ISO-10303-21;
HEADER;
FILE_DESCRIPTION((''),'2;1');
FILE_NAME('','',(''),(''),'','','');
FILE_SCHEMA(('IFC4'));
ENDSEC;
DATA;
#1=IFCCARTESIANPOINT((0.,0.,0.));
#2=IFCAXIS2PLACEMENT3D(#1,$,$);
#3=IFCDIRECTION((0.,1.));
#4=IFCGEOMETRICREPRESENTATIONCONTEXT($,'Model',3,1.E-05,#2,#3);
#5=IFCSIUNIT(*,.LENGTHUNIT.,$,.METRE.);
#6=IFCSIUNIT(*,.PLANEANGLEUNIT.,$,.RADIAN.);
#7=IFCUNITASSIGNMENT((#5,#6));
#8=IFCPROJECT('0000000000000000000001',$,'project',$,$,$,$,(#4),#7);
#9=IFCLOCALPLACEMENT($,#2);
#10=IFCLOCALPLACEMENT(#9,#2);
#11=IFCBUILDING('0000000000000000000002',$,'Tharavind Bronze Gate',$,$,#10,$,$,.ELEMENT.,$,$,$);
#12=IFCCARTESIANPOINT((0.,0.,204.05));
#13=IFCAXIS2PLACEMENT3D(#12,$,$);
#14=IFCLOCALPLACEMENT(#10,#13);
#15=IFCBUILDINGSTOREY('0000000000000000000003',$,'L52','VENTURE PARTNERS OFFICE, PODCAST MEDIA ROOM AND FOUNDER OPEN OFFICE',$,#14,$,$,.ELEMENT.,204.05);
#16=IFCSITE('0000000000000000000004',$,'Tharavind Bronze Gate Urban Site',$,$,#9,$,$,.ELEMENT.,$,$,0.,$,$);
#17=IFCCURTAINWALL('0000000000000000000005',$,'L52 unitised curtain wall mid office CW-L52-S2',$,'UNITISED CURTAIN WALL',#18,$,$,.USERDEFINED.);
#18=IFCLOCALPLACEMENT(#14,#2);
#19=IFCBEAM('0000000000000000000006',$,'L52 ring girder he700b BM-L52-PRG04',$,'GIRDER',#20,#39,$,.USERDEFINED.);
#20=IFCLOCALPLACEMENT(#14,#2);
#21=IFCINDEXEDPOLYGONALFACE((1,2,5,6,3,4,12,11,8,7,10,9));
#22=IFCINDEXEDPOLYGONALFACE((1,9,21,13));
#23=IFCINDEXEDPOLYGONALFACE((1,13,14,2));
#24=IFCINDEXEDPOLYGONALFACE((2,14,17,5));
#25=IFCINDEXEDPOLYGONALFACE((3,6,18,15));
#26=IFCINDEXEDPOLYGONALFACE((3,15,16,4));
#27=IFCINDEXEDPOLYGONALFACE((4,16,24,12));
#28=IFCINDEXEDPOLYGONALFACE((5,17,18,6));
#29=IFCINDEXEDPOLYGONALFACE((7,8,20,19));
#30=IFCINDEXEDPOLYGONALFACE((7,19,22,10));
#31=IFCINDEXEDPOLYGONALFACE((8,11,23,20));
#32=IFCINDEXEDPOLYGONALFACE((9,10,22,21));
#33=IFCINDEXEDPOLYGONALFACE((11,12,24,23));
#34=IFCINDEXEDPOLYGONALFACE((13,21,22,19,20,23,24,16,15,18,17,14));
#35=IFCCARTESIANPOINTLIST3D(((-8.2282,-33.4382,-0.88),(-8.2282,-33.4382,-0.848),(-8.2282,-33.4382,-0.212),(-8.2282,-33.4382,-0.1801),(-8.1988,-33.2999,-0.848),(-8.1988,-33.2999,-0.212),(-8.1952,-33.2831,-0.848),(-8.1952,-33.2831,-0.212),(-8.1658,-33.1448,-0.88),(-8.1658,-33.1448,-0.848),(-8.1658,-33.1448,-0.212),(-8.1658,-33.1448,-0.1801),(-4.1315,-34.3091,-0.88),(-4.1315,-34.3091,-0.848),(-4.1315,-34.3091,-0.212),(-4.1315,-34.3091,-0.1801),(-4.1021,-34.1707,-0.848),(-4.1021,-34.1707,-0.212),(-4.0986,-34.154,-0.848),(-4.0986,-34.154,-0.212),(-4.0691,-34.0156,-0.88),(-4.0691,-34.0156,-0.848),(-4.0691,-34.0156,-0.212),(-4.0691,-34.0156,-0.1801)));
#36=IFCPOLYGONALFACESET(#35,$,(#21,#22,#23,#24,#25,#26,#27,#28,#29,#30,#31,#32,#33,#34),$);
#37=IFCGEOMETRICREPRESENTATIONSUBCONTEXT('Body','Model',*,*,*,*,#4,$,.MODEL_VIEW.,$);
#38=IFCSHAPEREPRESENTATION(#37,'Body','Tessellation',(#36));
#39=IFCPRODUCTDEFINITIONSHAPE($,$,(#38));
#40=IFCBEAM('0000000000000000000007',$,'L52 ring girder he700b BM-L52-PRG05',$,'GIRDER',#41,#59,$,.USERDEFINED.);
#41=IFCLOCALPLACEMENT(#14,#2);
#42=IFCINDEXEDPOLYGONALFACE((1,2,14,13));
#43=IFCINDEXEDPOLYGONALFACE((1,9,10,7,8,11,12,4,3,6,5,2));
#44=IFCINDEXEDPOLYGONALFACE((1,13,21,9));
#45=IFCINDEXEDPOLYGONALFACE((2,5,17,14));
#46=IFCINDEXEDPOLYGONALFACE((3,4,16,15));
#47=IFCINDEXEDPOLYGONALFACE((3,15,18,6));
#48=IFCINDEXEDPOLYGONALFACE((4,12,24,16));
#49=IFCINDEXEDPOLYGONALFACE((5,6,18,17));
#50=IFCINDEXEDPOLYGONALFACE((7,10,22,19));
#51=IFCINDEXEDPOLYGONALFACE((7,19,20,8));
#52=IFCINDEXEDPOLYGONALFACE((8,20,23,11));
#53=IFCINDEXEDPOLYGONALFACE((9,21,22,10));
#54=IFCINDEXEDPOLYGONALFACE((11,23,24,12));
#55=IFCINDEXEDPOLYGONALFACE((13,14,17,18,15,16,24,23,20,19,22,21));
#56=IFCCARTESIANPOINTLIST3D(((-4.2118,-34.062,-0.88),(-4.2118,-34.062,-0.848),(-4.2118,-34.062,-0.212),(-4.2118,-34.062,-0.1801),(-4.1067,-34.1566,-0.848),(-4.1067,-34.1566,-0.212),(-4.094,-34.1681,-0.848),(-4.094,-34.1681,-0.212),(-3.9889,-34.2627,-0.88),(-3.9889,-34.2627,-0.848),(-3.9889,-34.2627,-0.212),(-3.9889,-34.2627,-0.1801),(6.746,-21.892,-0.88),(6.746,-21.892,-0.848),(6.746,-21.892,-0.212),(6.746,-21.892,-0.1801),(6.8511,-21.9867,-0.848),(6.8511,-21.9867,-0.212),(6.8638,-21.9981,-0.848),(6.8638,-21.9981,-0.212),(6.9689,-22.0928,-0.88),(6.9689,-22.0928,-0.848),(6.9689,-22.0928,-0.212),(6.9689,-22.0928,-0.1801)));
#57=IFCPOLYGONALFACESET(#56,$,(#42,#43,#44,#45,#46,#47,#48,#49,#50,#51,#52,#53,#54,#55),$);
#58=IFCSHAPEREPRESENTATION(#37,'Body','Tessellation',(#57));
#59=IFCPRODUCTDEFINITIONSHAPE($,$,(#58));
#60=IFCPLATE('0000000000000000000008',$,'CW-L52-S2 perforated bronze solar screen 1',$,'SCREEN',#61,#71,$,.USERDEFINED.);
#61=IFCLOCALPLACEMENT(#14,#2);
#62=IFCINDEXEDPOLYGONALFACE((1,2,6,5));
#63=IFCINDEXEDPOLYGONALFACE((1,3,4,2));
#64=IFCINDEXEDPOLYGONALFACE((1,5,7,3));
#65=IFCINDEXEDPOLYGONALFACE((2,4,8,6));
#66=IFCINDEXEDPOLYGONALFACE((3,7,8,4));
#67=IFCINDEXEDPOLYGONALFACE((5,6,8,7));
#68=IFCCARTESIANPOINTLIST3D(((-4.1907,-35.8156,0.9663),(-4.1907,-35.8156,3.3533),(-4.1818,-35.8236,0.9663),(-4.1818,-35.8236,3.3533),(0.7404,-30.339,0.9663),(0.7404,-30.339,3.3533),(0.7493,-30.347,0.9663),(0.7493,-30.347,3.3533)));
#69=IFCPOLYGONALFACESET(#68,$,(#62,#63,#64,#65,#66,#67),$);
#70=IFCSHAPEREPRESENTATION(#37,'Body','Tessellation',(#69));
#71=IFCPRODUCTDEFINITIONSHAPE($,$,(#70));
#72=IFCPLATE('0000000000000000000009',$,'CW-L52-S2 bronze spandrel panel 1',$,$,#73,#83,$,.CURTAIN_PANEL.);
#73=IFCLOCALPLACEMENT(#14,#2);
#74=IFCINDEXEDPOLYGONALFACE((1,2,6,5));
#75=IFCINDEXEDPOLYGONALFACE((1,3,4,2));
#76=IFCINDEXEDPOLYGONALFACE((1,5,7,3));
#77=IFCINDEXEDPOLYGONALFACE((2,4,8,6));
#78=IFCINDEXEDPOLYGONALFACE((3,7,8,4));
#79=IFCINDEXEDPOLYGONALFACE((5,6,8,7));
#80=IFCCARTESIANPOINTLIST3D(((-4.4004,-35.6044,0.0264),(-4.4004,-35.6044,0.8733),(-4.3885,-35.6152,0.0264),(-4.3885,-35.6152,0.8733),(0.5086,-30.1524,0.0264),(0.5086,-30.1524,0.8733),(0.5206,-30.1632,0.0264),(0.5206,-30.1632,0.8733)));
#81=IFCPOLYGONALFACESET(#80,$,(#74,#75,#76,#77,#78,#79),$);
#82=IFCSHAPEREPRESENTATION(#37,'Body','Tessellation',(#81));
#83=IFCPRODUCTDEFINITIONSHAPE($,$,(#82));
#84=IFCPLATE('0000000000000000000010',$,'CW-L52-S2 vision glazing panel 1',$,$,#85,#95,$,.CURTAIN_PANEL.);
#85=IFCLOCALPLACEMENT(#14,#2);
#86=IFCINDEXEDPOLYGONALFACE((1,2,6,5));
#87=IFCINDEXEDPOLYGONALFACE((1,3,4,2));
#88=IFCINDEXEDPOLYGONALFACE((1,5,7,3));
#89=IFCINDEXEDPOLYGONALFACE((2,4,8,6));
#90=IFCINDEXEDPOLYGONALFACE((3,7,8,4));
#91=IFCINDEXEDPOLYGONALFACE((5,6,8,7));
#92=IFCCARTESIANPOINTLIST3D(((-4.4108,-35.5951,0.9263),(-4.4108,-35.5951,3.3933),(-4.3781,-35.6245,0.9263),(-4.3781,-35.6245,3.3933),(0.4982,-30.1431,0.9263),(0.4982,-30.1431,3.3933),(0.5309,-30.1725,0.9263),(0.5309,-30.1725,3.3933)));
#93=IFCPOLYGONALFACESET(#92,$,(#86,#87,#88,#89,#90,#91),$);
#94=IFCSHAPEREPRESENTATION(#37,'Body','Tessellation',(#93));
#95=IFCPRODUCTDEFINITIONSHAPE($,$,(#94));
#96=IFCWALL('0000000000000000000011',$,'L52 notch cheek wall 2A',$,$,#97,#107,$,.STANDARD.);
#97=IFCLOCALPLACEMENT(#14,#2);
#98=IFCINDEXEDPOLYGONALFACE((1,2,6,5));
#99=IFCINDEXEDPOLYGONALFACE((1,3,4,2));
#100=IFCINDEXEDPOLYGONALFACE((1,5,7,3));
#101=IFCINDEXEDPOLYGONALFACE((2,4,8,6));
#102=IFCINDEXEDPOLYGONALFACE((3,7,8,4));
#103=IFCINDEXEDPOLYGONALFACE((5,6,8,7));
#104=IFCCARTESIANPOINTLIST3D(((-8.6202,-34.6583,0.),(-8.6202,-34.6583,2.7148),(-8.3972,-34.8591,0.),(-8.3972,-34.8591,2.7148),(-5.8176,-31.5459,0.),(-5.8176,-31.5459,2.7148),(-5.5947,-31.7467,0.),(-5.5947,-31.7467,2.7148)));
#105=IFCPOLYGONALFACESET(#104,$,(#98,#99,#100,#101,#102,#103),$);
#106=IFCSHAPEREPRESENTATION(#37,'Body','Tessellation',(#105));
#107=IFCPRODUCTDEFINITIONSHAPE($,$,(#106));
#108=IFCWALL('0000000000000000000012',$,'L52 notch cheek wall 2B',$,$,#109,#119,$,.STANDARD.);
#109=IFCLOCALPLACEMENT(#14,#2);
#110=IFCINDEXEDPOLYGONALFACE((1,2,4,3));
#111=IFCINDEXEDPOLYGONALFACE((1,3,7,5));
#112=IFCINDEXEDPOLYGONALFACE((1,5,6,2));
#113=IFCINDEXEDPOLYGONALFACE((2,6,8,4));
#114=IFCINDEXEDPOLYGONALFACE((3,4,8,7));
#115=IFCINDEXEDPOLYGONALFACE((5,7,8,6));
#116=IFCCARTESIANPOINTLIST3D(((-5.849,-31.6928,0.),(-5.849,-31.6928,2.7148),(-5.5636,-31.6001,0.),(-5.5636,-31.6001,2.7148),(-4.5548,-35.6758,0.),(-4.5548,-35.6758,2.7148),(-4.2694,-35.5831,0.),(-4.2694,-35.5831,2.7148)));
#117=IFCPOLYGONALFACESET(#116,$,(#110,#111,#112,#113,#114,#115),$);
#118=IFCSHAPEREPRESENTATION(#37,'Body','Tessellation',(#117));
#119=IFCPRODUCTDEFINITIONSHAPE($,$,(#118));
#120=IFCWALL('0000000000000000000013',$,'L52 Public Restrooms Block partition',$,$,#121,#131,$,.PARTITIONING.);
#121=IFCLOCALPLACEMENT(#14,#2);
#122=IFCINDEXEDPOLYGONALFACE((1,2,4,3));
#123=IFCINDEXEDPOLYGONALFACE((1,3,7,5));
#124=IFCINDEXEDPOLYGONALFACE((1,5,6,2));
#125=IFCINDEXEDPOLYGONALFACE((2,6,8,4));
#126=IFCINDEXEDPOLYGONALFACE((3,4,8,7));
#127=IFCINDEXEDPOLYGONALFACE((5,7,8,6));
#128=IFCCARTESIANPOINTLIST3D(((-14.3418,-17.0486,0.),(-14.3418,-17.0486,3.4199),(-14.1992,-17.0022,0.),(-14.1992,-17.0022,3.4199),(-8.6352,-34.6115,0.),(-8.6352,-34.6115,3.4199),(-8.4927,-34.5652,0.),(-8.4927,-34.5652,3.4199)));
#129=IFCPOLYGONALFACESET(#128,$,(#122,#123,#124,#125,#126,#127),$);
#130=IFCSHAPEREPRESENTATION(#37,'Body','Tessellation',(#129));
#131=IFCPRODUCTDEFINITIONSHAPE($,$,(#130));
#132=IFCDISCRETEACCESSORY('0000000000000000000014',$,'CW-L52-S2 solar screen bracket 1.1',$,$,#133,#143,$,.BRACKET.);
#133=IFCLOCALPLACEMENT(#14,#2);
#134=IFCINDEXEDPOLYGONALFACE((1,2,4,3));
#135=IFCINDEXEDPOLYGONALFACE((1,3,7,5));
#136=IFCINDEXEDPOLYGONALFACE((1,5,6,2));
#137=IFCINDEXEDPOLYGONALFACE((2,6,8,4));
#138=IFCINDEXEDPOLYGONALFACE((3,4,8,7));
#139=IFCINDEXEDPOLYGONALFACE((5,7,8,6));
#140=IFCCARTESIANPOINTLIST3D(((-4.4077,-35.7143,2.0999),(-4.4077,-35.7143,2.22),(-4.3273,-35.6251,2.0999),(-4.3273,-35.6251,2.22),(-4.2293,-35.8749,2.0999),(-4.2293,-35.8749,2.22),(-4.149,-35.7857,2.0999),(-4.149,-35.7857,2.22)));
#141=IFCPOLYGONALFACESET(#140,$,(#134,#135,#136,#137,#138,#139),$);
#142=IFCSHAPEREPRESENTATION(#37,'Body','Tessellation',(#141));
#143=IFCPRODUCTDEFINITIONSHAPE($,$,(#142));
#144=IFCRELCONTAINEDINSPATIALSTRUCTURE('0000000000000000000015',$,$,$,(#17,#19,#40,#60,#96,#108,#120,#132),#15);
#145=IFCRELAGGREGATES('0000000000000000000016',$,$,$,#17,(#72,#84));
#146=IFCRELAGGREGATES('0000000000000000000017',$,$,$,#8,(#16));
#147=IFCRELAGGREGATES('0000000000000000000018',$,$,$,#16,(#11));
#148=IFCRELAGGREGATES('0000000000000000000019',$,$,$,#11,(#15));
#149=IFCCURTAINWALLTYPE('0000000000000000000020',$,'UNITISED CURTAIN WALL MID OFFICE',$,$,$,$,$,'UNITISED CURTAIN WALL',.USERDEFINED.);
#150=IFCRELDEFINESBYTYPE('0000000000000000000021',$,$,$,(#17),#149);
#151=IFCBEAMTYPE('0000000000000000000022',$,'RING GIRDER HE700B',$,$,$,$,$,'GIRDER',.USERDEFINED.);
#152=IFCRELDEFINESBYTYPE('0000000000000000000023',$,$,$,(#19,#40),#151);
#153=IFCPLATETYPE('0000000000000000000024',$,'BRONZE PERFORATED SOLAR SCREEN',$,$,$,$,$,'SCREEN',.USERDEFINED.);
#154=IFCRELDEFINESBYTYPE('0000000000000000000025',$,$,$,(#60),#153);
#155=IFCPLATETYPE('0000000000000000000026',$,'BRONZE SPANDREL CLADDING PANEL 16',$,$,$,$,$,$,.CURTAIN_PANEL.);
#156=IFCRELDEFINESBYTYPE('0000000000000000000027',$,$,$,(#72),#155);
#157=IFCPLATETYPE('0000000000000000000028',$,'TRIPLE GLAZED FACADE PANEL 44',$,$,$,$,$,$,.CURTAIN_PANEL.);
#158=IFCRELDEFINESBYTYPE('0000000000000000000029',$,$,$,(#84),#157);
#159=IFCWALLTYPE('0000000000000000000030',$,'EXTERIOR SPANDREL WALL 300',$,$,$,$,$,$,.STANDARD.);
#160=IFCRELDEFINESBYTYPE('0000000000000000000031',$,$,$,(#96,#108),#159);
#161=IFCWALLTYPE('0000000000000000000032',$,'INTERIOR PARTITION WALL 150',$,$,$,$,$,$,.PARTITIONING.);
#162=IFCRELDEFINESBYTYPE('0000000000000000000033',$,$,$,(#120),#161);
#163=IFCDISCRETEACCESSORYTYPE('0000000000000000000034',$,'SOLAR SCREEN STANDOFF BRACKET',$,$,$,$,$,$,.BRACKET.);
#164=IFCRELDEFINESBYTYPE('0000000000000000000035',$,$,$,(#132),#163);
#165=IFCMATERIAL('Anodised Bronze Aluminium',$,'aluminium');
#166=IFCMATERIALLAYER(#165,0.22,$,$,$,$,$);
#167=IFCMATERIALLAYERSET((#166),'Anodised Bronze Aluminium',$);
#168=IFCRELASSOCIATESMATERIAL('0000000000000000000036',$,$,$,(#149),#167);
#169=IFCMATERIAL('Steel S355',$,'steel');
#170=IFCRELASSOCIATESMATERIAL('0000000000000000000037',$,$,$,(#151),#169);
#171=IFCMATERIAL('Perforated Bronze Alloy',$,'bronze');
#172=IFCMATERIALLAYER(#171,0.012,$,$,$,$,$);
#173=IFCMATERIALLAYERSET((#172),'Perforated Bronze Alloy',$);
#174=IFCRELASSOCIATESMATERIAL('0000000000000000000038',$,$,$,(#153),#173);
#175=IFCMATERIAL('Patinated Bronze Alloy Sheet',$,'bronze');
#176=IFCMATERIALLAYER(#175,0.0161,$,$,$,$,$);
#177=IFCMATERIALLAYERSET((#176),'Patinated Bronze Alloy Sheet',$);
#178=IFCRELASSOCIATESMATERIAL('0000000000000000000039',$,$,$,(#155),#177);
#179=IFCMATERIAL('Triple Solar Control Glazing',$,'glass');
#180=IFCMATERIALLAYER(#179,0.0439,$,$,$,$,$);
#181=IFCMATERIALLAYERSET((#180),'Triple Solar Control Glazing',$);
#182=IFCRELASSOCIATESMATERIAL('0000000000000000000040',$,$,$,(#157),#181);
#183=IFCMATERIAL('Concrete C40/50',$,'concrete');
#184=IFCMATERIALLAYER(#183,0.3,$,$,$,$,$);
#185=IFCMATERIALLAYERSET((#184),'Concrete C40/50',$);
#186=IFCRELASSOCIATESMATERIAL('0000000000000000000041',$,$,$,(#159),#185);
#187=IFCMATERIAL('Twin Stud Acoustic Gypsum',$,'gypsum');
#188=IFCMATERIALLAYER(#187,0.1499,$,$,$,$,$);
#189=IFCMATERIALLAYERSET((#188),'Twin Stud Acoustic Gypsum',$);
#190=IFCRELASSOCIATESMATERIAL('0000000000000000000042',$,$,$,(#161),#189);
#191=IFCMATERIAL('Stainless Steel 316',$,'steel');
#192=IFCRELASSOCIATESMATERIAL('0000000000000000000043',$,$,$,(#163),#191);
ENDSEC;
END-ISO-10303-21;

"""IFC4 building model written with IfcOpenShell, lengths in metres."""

from ifc_helpers import new_model, si_unit, direction, frame, frame_2d, origin, origin_2d, place, context, subcontext, project, spatial, rectangle, i_section, extrude, material, layer, layer_set, material_profile, profile_set, type_object, element, aggregate, save


model = new_model("IFC4")

# Units and contexts
model_context = context("Model", 3, precision=1e-05, world=origin(), true_north=direction((0.0, 1.0)))
body_context = subcontext(model_context, "Body", "Model", "MODEL_VIEW")
ifc_project = project(units=[si_unit("LENGTHUNIT", "METRE"), si_unit("PLANEANGLEUNIT", "RADIAN")], contexts=[model_context])

# Site, building, storey
site_placement = place(None, origin())
site = spatial("IfcSite", under=ifc_project, at=site_placement, Name="Tharavind Bronze Gate Urban Site", CompositionType="ELEMENT", RefElevation=0.0)
building_placement = place(site_placement, origin())
building = spatial("IfcBuilding", under=site, at=building_placement, Name="Tharavind Bronze Gate", CompositionType="ELEMENT")
storey_placement = place(building_placement, frame((0.0, 0.0, 204.05)))
storey = spatial("IfcBuildingStorey", under=building, at=storey_placement, Name="L52", Description="VENTURE PARTNERS OFFICE, PODCAST MEDIA ROOM AND FOUNDER OPEN OFFICE", CompositionType="ELEMENT", Elevation=204.05)

# Curtain wall
ifc_material_1 = material(Name="Anodised Bronze Aluminium", Category="aluminium")
ifc_layer_1 = layer(ifc_material_1, 0.22)
ifc_layer_set_1 = layer_set([ifc_layer_1], Name="Anodised Bronze Aluminium")
curtain_wall_type = type_object("IfcCurtainWallType", Name="UNITISED CURTAIN WALL MID OFFICE", ElementType="UNITISED CURTAIN WALL", PredefinedType="USERDEFINED", material=ifc_layer_set_1)
curtain_wall_1_placement = place(storey_placement, origin())
curtain_wall_1 = element("IfcCurtainWall", 1, at=curtain_wall_1_placement, inside=storey, type_object=curtain_wall_type, Name="L52 unitised curtain wall mid office CW-L52-S2", ObjectType="UNITISED CURTAIN WALL", PredefinedType="USERDEFINED")

# Beams
ifc_material_2 = material(Name="Steel S355", Category="steel")
ifc_material_profile_1 = material_profile(ifc_material_2, i_section(OverallWidth=0.3, OverallDepth=0.7, WebThickness=0.0171, FlangeThickness=0.032, at=origin_2d()), Name="HE700B")
ifc_profile_set_1 = profile_set([ifc_material_profile_1], Name="Steel S355")
beam_type_1 = type_object("IfcBeamType", Name="RING GIRDER HE700B", ElementType="GIRDER", PredefinedType="USERDEFINED", material=ifc_profile_set_1)
beam_1_placement = place(storey_placement, frame((-8.197, -33.2915, -0.53), z_axis=(0.978144, -0.207928, 0.0), x_axis=(0.207928, 0.978144, 0.0)))
element("IfcBeam", 2, at=beam_1_placement, inside=storey, type_object=beam_type_1, Name="L52 ring girder he700b BM-L52-PRG04", ObjectType="GIRDER", PredefinedType="USERDEFINED", context=body_context, shape_type="SweptSolid", body=[
    extrude(i_section(OverallWidth=0.3, OverallDepth=0.7, WebThickness=0.0171, FlangeThickness=0.032, at=origin_2d()), origin(), (0.0, 0.0, 1.0), 4.1882),
])
beam_2_placement = place(storey_placement, frame((-4.1003, -34.1624, -0.53), z_axis=(0.669128, 0.743147, 0.0), x_axis=(-0.743147, 0.669128, 0.0)))
element("IfcBeam", 3, at=beam_2_placement, inside=storey, type_object=beam_type_1, Name="L52 ring girder he700b BM-L52-PRG05", ObjectType="GIRDER", PredefinedType="USERDEFINED", context=body_context, shape_type="SweptSolid", body=[
    extrude(i_section(OverallWidth=0.3, OverallDepth=0.7, WebThickness=0.0171, FlangeThickness=0.032, at=origin_2d()), origin(), (0.0, 0.0, 1.0), 16.3762),
])

# Plates
ifc_material_3 = material(Name="Perforated Bronze Alloy", Category="bronze")
ifc_layer_2 = layer(ifc_material_3, 0.012)
ifc_layer_set_2 = layer_set([ifc_layer_2], Name="Perforated Bronze Alloy")
plate_type_1 = type_object("IfcPlateType", Name="BRONZE PERFORATED SOLAR SCREEN", ElementType="SCREEN", PredefinedType="USERDEFINED", material=ifc_layer_set_2)
plate_1_placement = place(storey_placement, frame((-1.7207, -33.0813, 0.9663), z_axis=(0.0, 0.0, 1.0), x_axis=(0.669131, 0.743145, 0.0)))
element("IfcPlate", 4, at=plate_1_placement, inside=storey, type_object=plate_type_1, Name="CW-L52-S2 perforated bronze solar screen 1", ObjectType="SCREEN", PredefinedType="USERDEFINED", context=body_context, shape_type="SweptSolid", body=[
    extrude(rectangle(XDim=7.3694, YDim=0.012, at=origin_2d()), origin(), (0.0, 0.0, 1.0), 2.387),
])
ifc_material_4 = material(Name="Patinated Bronze Alloy Sheet", Category="bronze")
ifc_layer_3 = layer(ifc_material_4, 0.0161)
ifc_layer_set_3 = layer_set([ifc_layer_3], Name="Patinated Bronze Alloy Sheet")
plate_type_2 = type_object("IfcPlateType", Name="BRONZE SPANDREL CLADDING PANEL 16", PredefinedType="CURTAIN_PANEL", material=ifc_layer_set_3)
plate_2_placement = place(storey_placement, frame((-1.9399, -32.8838, 0.0264), z_axis=(0.0, 0.0, 1.0), x_axis=(0.669131, 0.743145, 0.0)))
plate_2 = element("IfcPlate", 5, at=plate_2_placement, type_object=plate_type_2, Name="CW-L52-S2 bronze spandrel panel 1", PredefinedType="CURTAIN_PANEL", context=body_context, shape_type="SweptSolid", body=[
    extrude(rectangle(XDim=7.3364, YDim=0.0161, at=origin_2d()), origin(), (0.0, 0.0, 1.0), 0.8469),
])
ifc_material_5 = material(Name="Triple Solar Control Glazing", Category="glass")
ifc_layer_4 = layer(ifc_material_5, 0.0439)
ifc_layer_set_4 = layer_set([ifc_layer_4], Name="Triple Solar Control Glazing")
plate_type_3 = type_object("IfcPlateType", Name="TRIPLE GLAZED FACADE PANEL 44", PredefinedType="CURTAIN_PANEL", material=ifc_layer_set_4)
plate_3_placement = place(storey_placement, frame((-1.9399, -32.8838, 0.9263), z_axis=(0.0, 0.0, 1.0), x_axis=(0.669131, 0.743145, 0.0)))
plate_3 = element("IfcPlate", 6, at=plate_3_placement, type_object=plate_type_3, Name="CW-L52-S2 vision glazing panel 1", PredefinedType="CURTAIN_PANEL", context=body_context, shape_type="SweptSolid", body=[
    extrude(rectangle(XDim=7.3364, YDim=0.0439, at=origin_2d()), origin(), (0.0, 0.0, 1.0), 2.467),
])
aggregate(curtain_wall_1, [plate_2, plate_3])

# Walls
ifc_material_6 = material(Name="Concrete C40/50", Category="concrete")
ifc_layer_5 = layer(ifc_material_6, 0.3)
ifc_layer_set_5 = layer_set([ifc_layer_5], Name="Concrete C40/50")
wall_type_1 = type_object("IfcWallType", Name="EXTERIOR SPANDREL WALL 300", PredefinedType="STANDARD", material=ifc_layer_set_5)
wall_1_placement = place(storey_placement, frame((-8.5088, -34.7588, 0.0), z_axis=(0.0, 0.0, 1.0), x_axis=(0.669152, 0.743126, 0.0)))
element("IfcWall", 7, at=wall_1_placement, inside=storey, type_object=wall_type_1, Name="L52 notch cheek wall 2A", PredefinedType="STANDARD", context=body_context, shape_type="SweptSolid", body=[
    extrude(rectangle(XDim=4.1882, YDim=0.3, at=frame_2d((2.0942, 0.0))), origin(), (0.0, 0.0, 1.0), 2.7148),
])
wall_2_placement = place(storey_placement, frame((-5.7063, -31.6465, 0.0), z_axis=(0.0, 0.0, 1.0), x_axis=(0.309031, -0.951052, 0.0)))
element("IfcWall", 8, at=wall_2_placement, inside=storey, type_object=wall_type_1, Name="L52 notch cheek wall 2B", PredefinedType="STANDARD", context=body_context, shape_type="SweptSolid", body=[
    extrude(rectangle(XDim=4.188, YDim=0.3, at=frame_2d((2.094, 0.0))), origin(), (0.0, 0.0, 1.0), 2.7148),
])
ifc_material_7 = material(Name="Twin Stud Acoustic Gypsum", Category="gypsum")
ifc_layer_6 = layer(ifc_material_7, 0.1499)
ifc_layer_set_6 = layer_set([ifc_layer_6], Name="Twin Stud Acoustic Gypsum")
wall_type_2 = type_object("IfcWallType", Name="INTERIOR PARTITION WALL 150", PredefinedType="PARTITIONING", material=ifc_layer_set_6)
wall_3_placement = place(storey_placement, frame((-8.564, -34.5884, 0.0), z_axis=(0.0, 0.0, 1.0), x_axis=(-0.309016, 0.951057, 0.0)))
element("IfcWall", 9, at=wall_3_placement, inside=storey, type_object=wall_type_2, Name="L52 Public Restrooms Block partition", PredefinedType="PARTITIONING", context=body_context, shape_type="SweptSolid", body=[
    extrude(rectangle(XDim=18.4668, YDim=0.1499, at=frame_2d((9.2334, 0.0))), origin(), (0.0, 0.0, 1.0), 3.4199),
])

# Discrete accessory
ifc_material_8 = material(Name="Stainless Steel 316", Category="steel")
discrete_accessory_type = type_object("IfcDiscreteAccessoryType", Name="SOLAR SCREEN STANDOFF BRACKET", PredefinedType="BRACKET", material=ifc_material_8)
discrete_accessory_placement = place(storey_placement, frame((-4.2783, -35.75, 2.0999), z_axis=(0.0, 0.0, 1.0), x_axis=(0.669131, 0.743145, 0.0)))
element("IfcDiscreteAccessory", 10, at=discrete_accessory_placement, inside=storey, type_object=discrete_accessory_type, Name="CW-L52-S2 solar screen bracket 1.1", PredefinedType="BRACKET", context=body_context, shape_type="SweptSolid", body=[
    extrude(rectangle(XDim=0.1201, YDim=0.24, at=origin_2d()), origin(), (0.0, 0.0, 1.0), 0.1201),
])

save(model, "model.ifc")
